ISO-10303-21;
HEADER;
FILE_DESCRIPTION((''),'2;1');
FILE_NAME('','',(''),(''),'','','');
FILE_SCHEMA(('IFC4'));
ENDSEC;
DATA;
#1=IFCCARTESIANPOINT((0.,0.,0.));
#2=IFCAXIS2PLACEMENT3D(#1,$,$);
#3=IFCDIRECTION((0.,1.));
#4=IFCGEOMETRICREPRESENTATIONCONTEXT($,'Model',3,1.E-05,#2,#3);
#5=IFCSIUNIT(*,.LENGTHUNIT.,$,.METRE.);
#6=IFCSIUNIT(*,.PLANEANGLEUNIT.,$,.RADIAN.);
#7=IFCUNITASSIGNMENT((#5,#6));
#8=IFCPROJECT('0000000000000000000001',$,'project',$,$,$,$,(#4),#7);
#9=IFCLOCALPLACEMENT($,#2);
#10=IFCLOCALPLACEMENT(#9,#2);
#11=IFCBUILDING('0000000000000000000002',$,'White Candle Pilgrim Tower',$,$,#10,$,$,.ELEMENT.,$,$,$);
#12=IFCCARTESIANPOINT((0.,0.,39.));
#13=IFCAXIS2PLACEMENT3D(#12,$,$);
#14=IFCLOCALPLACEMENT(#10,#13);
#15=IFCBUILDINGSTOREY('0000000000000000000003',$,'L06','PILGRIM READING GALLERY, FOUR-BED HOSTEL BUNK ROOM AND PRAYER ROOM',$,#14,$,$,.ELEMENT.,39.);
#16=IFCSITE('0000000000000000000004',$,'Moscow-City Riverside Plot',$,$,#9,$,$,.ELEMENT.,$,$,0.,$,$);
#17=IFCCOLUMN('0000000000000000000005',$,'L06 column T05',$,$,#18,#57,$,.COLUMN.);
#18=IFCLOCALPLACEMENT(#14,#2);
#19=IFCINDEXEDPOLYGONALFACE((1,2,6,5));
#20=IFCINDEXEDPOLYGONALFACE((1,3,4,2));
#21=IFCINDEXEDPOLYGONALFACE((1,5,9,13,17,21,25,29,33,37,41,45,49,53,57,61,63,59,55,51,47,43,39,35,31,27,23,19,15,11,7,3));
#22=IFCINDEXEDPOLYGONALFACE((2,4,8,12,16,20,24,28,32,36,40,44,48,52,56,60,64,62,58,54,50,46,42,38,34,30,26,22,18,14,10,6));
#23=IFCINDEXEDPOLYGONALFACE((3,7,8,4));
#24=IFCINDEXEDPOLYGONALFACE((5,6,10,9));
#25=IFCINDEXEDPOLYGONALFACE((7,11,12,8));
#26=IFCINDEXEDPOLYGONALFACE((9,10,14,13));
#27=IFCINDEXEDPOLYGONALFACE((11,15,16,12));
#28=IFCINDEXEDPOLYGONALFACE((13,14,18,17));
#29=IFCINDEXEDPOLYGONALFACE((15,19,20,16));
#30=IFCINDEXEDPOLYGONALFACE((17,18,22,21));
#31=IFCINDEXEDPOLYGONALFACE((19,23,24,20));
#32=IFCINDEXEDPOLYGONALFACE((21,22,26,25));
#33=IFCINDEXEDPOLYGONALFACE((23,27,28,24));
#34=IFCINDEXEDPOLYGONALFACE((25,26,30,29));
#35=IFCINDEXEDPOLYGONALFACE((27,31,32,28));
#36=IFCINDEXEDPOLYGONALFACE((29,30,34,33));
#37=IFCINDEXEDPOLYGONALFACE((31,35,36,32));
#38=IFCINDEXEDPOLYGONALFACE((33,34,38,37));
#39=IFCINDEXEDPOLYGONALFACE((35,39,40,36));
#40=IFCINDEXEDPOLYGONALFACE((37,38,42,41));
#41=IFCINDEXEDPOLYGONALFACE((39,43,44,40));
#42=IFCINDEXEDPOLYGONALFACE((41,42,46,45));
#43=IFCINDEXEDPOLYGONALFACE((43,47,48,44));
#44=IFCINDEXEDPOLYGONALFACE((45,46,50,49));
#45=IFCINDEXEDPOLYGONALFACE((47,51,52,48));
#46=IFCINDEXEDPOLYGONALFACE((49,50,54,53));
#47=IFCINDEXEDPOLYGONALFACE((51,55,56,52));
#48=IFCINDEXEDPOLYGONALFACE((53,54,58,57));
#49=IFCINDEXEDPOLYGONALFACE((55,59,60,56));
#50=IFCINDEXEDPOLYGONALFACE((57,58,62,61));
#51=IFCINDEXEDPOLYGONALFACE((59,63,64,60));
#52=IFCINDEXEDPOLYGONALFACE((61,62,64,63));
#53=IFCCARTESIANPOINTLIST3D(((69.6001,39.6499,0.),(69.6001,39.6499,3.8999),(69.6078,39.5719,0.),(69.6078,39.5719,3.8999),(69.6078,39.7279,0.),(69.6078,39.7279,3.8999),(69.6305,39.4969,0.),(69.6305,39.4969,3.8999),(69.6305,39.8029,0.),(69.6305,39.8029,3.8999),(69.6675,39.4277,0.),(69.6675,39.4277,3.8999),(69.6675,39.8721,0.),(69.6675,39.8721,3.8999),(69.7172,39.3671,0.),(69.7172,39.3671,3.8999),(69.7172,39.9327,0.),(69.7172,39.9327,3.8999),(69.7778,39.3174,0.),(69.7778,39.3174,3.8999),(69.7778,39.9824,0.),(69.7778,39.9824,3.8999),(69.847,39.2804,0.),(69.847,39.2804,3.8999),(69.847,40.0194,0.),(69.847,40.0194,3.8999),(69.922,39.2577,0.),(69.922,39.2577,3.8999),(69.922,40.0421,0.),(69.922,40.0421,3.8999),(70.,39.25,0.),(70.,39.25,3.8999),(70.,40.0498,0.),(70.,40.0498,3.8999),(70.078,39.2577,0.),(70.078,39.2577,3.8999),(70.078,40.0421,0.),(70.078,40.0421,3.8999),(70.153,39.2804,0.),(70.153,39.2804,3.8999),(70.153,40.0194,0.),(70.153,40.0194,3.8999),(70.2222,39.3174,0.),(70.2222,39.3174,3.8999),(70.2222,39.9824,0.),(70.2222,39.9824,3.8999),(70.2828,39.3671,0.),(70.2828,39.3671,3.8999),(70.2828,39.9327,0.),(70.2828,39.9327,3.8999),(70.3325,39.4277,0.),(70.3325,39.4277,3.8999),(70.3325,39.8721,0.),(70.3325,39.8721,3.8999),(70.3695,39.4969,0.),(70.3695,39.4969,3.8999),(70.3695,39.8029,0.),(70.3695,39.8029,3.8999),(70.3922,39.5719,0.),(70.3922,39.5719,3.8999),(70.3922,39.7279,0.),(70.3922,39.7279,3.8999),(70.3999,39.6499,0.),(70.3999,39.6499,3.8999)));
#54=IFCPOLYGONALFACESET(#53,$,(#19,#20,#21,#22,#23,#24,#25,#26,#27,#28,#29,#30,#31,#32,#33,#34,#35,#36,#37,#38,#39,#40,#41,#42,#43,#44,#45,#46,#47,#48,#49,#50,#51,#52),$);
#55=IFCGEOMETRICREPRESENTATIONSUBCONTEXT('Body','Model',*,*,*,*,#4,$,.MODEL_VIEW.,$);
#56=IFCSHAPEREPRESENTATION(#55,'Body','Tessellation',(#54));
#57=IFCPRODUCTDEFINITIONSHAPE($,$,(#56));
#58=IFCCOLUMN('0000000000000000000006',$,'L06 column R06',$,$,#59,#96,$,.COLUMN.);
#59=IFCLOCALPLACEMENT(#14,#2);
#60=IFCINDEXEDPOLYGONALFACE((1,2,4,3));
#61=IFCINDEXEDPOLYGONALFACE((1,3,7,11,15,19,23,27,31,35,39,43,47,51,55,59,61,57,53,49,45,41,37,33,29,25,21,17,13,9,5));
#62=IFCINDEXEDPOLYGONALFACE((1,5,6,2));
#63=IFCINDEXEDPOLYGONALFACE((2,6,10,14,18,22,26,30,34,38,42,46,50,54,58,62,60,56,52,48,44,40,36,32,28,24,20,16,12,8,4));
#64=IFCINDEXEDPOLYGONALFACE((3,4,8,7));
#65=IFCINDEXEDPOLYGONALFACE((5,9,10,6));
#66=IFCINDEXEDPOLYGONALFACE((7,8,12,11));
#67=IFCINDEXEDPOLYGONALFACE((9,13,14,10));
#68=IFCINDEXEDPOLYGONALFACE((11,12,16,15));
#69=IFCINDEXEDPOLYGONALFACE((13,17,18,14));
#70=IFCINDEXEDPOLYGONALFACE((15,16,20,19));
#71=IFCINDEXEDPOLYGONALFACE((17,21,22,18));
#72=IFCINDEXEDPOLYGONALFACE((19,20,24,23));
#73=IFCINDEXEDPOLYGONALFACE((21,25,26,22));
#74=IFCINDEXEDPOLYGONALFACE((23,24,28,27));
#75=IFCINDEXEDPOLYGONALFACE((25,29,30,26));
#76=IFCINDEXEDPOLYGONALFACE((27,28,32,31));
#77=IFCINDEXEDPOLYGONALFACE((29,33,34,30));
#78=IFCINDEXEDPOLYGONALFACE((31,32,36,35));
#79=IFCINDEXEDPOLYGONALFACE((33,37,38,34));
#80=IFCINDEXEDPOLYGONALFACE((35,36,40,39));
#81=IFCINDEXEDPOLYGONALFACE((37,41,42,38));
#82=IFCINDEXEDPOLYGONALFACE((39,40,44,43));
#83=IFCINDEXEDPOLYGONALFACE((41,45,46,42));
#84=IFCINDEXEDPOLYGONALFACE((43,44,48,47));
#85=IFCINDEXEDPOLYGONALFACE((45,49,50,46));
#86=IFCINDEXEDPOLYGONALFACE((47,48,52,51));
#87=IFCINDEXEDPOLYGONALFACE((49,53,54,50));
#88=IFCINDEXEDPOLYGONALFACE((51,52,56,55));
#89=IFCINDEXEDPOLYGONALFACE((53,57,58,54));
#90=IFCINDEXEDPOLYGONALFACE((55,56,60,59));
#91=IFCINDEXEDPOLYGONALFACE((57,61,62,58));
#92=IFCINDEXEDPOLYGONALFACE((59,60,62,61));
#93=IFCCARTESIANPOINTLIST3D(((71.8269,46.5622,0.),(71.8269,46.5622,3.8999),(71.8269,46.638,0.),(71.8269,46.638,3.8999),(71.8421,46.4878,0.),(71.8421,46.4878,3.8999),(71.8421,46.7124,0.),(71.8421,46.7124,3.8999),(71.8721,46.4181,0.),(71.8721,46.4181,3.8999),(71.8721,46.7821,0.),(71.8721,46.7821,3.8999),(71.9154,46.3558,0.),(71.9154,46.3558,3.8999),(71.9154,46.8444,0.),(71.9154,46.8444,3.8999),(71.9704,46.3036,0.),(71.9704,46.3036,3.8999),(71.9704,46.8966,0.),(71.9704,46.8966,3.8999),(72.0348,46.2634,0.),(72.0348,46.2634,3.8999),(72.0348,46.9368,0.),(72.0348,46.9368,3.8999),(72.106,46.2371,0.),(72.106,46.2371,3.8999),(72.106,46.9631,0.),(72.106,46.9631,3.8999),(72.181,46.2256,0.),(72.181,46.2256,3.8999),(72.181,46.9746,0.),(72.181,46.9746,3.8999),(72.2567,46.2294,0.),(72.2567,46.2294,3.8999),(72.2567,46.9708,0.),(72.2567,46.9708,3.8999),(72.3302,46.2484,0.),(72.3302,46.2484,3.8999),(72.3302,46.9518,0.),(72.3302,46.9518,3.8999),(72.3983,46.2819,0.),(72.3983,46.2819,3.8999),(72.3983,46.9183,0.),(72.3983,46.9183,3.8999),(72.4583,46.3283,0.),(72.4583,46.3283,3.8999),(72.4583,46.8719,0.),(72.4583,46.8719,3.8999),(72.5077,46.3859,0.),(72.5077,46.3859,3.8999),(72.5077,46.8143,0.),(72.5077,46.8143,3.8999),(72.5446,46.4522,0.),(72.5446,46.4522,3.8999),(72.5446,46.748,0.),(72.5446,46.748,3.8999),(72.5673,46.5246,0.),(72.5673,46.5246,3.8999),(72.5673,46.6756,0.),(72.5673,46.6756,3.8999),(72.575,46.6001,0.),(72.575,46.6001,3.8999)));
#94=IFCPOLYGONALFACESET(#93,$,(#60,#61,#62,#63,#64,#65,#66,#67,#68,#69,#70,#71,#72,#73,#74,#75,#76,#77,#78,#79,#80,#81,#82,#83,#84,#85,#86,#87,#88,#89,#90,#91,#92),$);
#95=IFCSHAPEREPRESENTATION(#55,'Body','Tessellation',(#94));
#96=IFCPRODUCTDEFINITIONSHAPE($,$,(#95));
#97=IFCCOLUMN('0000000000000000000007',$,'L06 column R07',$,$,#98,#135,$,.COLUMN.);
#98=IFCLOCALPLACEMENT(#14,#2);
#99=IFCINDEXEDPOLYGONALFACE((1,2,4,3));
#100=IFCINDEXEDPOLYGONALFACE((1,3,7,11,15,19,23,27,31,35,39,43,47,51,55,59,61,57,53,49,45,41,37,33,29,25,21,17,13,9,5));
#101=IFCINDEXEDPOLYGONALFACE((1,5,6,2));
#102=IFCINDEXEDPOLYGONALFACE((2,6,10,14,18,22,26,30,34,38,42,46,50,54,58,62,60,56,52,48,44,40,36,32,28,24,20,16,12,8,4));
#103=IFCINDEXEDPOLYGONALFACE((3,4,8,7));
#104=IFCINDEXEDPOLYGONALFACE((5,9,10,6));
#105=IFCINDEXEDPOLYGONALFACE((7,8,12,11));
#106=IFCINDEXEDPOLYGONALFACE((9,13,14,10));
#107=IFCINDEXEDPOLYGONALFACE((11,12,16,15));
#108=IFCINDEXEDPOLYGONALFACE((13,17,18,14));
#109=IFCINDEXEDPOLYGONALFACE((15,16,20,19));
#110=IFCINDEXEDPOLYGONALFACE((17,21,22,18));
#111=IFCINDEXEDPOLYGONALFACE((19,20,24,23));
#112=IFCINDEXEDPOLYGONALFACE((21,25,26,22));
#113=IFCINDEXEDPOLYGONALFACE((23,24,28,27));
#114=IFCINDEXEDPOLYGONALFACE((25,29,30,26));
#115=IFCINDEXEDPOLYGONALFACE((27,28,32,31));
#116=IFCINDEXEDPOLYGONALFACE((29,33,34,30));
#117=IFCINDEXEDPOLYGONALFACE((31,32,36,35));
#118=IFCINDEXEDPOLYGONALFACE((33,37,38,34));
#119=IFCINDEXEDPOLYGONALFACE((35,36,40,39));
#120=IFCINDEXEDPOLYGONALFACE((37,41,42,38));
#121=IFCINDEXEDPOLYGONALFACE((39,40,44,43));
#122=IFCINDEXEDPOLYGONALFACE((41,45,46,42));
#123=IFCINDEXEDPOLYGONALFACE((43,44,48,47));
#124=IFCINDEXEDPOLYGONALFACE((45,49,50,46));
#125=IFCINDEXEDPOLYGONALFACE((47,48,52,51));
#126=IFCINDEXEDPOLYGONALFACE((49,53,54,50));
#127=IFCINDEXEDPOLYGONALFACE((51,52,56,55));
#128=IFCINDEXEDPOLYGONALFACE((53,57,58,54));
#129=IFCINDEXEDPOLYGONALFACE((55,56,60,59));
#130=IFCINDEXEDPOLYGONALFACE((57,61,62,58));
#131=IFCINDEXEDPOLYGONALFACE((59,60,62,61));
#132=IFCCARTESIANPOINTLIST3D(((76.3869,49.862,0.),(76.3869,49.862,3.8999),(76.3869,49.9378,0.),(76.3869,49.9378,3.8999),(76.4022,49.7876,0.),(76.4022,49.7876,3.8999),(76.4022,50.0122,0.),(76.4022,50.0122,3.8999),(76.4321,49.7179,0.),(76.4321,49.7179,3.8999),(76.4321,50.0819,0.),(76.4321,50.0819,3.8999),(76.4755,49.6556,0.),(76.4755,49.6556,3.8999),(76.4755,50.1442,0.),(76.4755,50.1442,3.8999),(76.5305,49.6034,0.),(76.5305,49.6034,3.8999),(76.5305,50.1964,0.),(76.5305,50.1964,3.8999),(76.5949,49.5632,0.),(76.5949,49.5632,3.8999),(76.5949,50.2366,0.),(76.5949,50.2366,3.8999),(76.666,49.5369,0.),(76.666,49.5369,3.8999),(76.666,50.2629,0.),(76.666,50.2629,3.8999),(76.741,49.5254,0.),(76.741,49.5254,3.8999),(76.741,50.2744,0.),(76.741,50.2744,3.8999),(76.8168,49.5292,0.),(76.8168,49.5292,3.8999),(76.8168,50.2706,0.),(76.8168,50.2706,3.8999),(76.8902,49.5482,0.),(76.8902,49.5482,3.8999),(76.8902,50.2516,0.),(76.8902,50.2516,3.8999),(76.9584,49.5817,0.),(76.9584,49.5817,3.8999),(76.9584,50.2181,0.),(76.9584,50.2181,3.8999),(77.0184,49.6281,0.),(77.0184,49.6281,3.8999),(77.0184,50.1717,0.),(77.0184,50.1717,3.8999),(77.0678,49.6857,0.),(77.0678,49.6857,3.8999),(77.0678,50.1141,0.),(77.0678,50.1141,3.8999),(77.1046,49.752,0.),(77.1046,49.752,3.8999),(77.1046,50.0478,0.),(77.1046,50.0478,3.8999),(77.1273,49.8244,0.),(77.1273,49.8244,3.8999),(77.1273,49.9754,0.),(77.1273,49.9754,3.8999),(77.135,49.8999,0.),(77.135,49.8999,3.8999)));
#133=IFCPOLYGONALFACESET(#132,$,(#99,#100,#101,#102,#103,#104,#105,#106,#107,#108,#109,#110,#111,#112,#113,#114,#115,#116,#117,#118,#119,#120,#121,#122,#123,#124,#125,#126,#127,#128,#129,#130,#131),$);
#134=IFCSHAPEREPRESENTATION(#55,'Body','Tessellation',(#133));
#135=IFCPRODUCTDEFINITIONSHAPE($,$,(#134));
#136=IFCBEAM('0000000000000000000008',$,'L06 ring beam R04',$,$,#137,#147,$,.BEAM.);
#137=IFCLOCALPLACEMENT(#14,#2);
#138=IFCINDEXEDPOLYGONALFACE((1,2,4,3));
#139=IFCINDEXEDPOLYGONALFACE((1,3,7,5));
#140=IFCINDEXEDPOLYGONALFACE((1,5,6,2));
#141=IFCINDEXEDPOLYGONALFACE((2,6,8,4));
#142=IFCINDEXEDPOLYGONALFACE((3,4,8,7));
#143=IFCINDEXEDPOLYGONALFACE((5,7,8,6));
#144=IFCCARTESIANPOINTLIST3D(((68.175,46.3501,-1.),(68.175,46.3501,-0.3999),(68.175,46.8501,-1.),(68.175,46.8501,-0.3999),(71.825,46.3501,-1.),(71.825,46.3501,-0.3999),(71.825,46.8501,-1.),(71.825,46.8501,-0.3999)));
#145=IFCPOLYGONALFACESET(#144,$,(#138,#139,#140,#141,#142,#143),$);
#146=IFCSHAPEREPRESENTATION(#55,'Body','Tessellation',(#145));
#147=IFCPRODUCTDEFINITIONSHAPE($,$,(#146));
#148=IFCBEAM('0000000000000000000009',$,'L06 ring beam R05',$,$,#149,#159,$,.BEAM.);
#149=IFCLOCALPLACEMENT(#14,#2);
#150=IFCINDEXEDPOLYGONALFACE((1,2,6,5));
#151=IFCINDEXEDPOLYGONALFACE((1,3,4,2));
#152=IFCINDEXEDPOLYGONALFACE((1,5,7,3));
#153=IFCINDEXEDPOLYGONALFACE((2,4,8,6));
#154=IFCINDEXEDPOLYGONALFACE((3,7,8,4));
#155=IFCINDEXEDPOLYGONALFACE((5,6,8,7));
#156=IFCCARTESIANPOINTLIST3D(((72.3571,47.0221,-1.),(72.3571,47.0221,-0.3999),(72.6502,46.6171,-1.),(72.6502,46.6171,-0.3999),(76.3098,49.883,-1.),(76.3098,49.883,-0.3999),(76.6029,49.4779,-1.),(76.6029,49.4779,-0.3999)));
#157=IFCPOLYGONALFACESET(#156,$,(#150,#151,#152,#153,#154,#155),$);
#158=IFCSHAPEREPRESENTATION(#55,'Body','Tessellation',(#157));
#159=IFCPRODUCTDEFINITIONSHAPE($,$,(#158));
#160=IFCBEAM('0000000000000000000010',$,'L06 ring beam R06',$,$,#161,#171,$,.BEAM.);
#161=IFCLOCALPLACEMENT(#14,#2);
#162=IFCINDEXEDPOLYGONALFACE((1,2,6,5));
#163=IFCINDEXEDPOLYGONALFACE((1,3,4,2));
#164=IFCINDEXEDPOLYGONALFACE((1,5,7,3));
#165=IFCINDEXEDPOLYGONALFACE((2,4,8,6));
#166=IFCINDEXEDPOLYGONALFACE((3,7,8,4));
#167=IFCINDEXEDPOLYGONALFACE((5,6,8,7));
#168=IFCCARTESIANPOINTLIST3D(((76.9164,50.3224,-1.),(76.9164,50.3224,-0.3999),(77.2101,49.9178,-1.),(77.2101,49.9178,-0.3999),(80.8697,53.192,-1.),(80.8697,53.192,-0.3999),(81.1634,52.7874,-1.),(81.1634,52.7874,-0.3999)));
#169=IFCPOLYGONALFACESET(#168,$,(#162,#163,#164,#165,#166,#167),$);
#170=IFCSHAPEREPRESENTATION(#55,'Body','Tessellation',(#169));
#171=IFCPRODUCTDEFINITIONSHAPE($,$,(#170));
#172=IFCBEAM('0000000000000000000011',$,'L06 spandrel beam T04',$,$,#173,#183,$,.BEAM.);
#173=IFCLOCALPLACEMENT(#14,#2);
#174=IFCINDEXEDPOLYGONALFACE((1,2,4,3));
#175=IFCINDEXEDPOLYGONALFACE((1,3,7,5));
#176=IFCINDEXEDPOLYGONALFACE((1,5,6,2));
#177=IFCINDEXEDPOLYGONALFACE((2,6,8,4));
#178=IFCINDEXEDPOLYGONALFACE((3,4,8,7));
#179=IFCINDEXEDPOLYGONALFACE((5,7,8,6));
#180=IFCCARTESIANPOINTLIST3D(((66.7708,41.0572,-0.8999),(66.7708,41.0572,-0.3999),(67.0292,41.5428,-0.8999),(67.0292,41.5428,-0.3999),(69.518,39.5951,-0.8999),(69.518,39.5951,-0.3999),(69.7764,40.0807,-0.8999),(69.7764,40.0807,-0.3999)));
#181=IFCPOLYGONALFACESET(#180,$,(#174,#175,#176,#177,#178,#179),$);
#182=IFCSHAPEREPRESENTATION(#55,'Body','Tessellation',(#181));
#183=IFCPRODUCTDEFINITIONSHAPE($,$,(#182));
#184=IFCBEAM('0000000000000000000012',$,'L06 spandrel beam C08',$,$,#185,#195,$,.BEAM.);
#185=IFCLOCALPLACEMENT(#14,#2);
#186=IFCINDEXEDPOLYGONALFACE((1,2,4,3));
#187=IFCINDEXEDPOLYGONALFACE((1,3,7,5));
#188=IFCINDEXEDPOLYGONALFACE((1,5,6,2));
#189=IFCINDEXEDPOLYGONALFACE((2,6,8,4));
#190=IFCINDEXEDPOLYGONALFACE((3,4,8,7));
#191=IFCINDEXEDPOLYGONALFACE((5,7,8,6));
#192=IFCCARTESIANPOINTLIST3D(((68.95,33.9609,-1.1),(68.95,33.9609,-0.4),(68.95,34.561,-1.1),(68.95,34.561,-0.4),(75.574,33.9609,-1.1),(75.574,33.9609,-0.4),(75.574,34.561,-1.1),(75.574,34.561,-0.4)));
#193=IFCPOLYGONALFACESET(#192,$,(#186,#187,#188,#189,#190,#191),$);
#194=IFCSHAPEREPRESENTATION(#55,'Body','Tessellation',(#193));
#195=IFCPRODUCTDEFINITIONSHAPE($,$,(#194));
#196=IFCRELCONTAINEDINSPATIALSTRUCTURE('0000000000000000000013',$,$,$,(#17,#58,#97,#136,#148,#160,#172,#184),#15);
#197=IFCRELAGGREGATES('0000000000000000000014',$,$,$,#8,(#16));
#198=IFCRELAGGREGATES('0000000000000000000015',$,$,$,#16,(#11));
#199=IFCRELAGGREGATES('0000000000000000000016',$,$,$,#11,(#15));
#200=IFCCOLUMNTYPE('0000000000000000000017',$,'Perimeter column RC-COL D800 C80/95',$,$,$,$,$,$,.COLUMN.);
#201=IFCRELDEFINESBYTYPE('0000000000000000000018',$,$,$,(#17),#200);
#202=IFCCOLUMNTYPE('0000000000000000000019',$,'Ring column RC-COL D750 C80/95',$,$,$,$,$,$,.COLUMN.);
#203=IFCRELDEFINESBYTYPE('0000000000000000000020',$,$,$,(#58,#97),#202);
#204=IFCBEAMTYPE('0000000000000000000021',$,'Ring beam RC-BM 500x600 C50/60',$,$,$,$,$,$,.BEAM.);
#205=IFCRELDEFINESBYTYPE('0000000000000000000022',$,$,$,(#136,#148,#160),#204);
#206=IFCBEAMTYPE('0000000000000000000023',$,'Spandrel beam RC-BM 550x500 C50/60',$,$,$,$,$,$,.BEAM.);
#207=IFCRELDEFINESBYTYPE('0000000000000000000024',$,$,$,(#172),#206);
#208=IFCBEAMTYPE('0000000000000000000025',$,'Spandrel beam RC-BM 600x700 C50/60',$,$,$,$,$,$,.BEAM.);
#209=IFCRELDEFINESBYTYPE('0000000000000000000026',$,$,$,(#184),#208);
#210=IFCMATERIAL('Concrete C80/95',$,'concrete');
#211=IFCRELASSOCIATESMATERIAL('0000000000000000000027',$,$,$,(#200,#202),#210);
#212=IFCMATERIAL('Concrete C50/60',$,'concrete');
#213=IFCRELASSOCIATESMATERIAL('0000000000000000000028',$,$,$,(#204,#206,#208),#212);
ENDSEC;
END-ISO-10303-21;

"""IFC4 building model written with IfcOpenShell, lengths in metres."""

from ifc_helpers import new_model, si_unit, direction, frame, origin, origin_2d, place, context, subcontext, project, spatial, rectangle, circle, extrude, material, material_profile, profile_set, type_object, element, save


model = new_model("IFC4")

# Units and contexts
model_context = context("Model", 3, precision=1e-05, world=origin(), true_north=direction((0.0, 1.0)))
body_context = subcontext(model_context, "Body", "Model", "MODEL_VIEW")
ifc_project = project(units=[si_unit("LENGTHUNIT", "METRE"), si_unit("PLANEANGLEUNIT", "RADIAN")], contexts=[model_context])

# Site, building, storey
site_placement = place(None, origin())
site = spatial("IfcSite", under=ifc_project, at=site_placement, Name="Moscow-City Riverside Plot", CompositionType="ELEMENT", RefElevation=0.0)
building_placement = place(site_placement, origin())
building = spatial("IfcBuilding", under=site, at=building_placement, Name="White Candle Pilgrim Tower", CompositionType="ELEMENT")
storey_placement = place(building_placement, frame((0.0, 0.0, 39.0)))
storey = spatial("IfcBuildingStorey", under=building, at=storey_placement, Name="L06", Description="PILGRIM READING GALLERY, FOUR-BED HOSTEL BUNK ROOM AND PRAYER ROOM", CompositionType="ELEMENT", Elevation=39.0)

# Columns
ifc_material_1 = material(Name="Concrete C80/95", Category="concrete")
ifc_material_profile_1 = material_profile(ifc_material_1, circle(Radius=0.3999, at=origin_2d()), Name="RC-COL D800")
ifc_profile_set_1 = profile_set([ifc_material_profile_1], Name="Concrete C80/95")
column_type_1 = type_object("IfcColumnType", Name="Perimeter column RC-COL D800 C80/95", PredefinedType="COLUMN", material=ifc_profile_set_1)
column_placement = place(storey_placement, frame((70.0, 39.6499, 0.0), z_axis=(0.0, 0.0, 1.0), x_axis=(1.0, 0.0, 0.0)))
element("IfcColumn", 1, at=column_placement, inside=storey, type_object=column_type_1, Name="L06 column T05", PredefinedType="COLUMN", context=body_context, shape_type="SweptSolid", body=[
    extrude(circle(Radius=0.3999, at=origin_2d()), origin(), (0.0, 0.0, 1.0), 3.8999),
])
ifc_material_profile_2 = material_profile(ifc_material_1, circle(Radius=0.375, at=origin_2d()), Name="RC-COL D750")
ifc_profile_set_2 = profile_set([ifc_material_profile_2], Name="Concrete C80/95")
column_type_2 = type_object("IfcColumnType", Name="Ring column RC-COL D750 C80/95", PredefinedType="COLUMN", material=ifc_profile_set_2)
for number, where, z_axis, x_axis, name in (
    (2, (72.2, 46.6001, 0.0), (0.0, 0.0, 1.0), (1.0, 0.0, 0.0), "L06 column R06"),
    (3, (76.76, 49.8999, 0.0), (0.0, 0.0, 1.0), (1.0, 0.0, 0.0), "L06 column R07"),
):
    element("IfcColumn", number, at=place(storey_placement, frame(where, z_axis=z_axis, x_axis=x_axis)), inside=storey, type_object=column_type_2, Name=name, PredefinedType="COLUMN", context=body_context, shape_type="SweptSolid", body=[
        extrude(circle(Radius=0.375, at=origin_2d()), origin(), (0.0, 0.0, 1.0), 3.8999),
    ])

# Beams
ifc_material_2 = material(Name="Concrete C50/60", Category="concrete")
ifc_material_profile_3 = material_profile(ifc_material_2, rectangle(XDim=0.5, YDim=0.6001, at=origin_2d()), Name="RC-BM 500x600")
ifc_profile_set_3 = profile_set([ifc_material_profile_3], Name="Concrete C50/60")
beam_type_1 = type_object("IfcBeamType", Name="Ring beam RC-BM 500x600 C50/60", PredefinedType="BEAM", material=ifc_profile_set_3)
beam_1_placement = place(storey_placement, frame((68.175, 46.6001, -0.7), z_axis=(1.0, 0.0, 0.0), x_axis=(0.0, 1.0, 0.0)))
element("IfcBeam", 4, at=beam_1_placement, inside=storey, type_object=beam_type_1, Name="L06 ring beam R04", PredefinedType="BEAM", context=body_context, shape_type="SweptSolid", body=[
    extrude(rectangle(XDim=0.5, YDim=0.6001, at=origin_2d()), origin(), (0.0, 0.0, 1.0), 3.6499),
])
beam_2_placement = place(storey_placement, frame((72.5037, 46.8196, -0.7), z_axis=(0.81008, 0.58632, 0.0), x_axis=(-0.58632, 0.81008, 0.0)))
element("IfcBeam", 5, at=beam_2_placement, inside=storey, type_object=beam_type_1, Name="L06 ring beam R05", PredefinedType="BEAM", context=body_context, shape_type="SweptSolid", body=[
    extrude(rectangle(XDim=0.5, YDim=0.6001, at=origin_2d()), origin(), (0.0, 0.0, 1.0), 4.8794),
])
beam_3_placement = place(storey_placement, frame((77.0632, 50.1201, -0.7), z_axis=(0.809276, 0.587429, 0.0), x_axis=(-0.587429, 0.809276, 0.0)))
element("IfcBeam", 6, at=beam_3_placement, inside=storey, type_object=beam_type_1, Name="L06 ring beam R06", PredefinedType="BEAM", context=body_context, shape_type="SweptSolid", body=[
    extrude(rectangle(XDim=0.5, YDim=0.6001, at=origin_2d()), origin(), (0.0, 0.0, 1.0), 4.885),
])
ifc_material_profile_4 = material_profile(ifc_material_2, rectangle(XDim=0.55, YDim=0.5, at=origin_2d()), Name="RC-BM 550x500")
ifc_profile_set_4 = profile_set([ifc_material_profile_4], Name="Concrete C50/60")
beam_type_2 = type_object("IfcBeamType", Name="Spandrel beam RC-BM 550x500 C50/60", PredefinedType="BEAM", material=ifc_profile_set_4)
beam_4_placement = place(storey_placement, frame((69.6472, 39.8379, -0.6499), z_axis=(-0.882763, 0.469819, 0.0), x_axis=(-0.469819, -0.882763, 0.0)))
element("IfcBeam", 7, at=beam_4_placement, inside=storey, type_object=beam_type_2, Name="L06 spandrel beam T04", PredefinedType="BEAM", context=body_context, shape_type="SweptSolid", body=[
    extrude(rectangle(XDim=0.55, YDim=0.5, at=origin_2d()), origin(), (0.0, 0.0, 1.0), 3.1121),
])
ifc_material_profile_5 = material_profile(ifc_material_2, rectangle(XDim=0.6001, YDim=0.7, at=origin_2d()), Name="RC-BM 600x700")
ifc_profile_set_5 = profile_set([ifc_material_profile_5], Name="Concrete C50/60")
beam_type_3 = type_object("IfcBeamType", Name="Spandrel beam RC-BM 600x700 C50/60", PredefinedType="BEAM", material=ifc_profile_set_5)
beam_5_placement = place(storey_placement, frame((68.95, 34.261, -0.75), z_axis=(1.0, 0.0, 0.0), x_axis=(0.0, 1.0, 0.0)))
element("IfcBeam", 8, at=beam_5_placement, inside=storey, type_object=beam_type_3, Name="L06 spandrel beam C08", PredefinedType="BEAM", context=body_context, shape_type="SweptSolid", body=[
    extrude(rectangle(XDim=0.6001, YDim=0.7, at=origin_2d()), origin(), (0.0, 0.0, 1.0), 6.624),
])

save(model, "model.ifc")
